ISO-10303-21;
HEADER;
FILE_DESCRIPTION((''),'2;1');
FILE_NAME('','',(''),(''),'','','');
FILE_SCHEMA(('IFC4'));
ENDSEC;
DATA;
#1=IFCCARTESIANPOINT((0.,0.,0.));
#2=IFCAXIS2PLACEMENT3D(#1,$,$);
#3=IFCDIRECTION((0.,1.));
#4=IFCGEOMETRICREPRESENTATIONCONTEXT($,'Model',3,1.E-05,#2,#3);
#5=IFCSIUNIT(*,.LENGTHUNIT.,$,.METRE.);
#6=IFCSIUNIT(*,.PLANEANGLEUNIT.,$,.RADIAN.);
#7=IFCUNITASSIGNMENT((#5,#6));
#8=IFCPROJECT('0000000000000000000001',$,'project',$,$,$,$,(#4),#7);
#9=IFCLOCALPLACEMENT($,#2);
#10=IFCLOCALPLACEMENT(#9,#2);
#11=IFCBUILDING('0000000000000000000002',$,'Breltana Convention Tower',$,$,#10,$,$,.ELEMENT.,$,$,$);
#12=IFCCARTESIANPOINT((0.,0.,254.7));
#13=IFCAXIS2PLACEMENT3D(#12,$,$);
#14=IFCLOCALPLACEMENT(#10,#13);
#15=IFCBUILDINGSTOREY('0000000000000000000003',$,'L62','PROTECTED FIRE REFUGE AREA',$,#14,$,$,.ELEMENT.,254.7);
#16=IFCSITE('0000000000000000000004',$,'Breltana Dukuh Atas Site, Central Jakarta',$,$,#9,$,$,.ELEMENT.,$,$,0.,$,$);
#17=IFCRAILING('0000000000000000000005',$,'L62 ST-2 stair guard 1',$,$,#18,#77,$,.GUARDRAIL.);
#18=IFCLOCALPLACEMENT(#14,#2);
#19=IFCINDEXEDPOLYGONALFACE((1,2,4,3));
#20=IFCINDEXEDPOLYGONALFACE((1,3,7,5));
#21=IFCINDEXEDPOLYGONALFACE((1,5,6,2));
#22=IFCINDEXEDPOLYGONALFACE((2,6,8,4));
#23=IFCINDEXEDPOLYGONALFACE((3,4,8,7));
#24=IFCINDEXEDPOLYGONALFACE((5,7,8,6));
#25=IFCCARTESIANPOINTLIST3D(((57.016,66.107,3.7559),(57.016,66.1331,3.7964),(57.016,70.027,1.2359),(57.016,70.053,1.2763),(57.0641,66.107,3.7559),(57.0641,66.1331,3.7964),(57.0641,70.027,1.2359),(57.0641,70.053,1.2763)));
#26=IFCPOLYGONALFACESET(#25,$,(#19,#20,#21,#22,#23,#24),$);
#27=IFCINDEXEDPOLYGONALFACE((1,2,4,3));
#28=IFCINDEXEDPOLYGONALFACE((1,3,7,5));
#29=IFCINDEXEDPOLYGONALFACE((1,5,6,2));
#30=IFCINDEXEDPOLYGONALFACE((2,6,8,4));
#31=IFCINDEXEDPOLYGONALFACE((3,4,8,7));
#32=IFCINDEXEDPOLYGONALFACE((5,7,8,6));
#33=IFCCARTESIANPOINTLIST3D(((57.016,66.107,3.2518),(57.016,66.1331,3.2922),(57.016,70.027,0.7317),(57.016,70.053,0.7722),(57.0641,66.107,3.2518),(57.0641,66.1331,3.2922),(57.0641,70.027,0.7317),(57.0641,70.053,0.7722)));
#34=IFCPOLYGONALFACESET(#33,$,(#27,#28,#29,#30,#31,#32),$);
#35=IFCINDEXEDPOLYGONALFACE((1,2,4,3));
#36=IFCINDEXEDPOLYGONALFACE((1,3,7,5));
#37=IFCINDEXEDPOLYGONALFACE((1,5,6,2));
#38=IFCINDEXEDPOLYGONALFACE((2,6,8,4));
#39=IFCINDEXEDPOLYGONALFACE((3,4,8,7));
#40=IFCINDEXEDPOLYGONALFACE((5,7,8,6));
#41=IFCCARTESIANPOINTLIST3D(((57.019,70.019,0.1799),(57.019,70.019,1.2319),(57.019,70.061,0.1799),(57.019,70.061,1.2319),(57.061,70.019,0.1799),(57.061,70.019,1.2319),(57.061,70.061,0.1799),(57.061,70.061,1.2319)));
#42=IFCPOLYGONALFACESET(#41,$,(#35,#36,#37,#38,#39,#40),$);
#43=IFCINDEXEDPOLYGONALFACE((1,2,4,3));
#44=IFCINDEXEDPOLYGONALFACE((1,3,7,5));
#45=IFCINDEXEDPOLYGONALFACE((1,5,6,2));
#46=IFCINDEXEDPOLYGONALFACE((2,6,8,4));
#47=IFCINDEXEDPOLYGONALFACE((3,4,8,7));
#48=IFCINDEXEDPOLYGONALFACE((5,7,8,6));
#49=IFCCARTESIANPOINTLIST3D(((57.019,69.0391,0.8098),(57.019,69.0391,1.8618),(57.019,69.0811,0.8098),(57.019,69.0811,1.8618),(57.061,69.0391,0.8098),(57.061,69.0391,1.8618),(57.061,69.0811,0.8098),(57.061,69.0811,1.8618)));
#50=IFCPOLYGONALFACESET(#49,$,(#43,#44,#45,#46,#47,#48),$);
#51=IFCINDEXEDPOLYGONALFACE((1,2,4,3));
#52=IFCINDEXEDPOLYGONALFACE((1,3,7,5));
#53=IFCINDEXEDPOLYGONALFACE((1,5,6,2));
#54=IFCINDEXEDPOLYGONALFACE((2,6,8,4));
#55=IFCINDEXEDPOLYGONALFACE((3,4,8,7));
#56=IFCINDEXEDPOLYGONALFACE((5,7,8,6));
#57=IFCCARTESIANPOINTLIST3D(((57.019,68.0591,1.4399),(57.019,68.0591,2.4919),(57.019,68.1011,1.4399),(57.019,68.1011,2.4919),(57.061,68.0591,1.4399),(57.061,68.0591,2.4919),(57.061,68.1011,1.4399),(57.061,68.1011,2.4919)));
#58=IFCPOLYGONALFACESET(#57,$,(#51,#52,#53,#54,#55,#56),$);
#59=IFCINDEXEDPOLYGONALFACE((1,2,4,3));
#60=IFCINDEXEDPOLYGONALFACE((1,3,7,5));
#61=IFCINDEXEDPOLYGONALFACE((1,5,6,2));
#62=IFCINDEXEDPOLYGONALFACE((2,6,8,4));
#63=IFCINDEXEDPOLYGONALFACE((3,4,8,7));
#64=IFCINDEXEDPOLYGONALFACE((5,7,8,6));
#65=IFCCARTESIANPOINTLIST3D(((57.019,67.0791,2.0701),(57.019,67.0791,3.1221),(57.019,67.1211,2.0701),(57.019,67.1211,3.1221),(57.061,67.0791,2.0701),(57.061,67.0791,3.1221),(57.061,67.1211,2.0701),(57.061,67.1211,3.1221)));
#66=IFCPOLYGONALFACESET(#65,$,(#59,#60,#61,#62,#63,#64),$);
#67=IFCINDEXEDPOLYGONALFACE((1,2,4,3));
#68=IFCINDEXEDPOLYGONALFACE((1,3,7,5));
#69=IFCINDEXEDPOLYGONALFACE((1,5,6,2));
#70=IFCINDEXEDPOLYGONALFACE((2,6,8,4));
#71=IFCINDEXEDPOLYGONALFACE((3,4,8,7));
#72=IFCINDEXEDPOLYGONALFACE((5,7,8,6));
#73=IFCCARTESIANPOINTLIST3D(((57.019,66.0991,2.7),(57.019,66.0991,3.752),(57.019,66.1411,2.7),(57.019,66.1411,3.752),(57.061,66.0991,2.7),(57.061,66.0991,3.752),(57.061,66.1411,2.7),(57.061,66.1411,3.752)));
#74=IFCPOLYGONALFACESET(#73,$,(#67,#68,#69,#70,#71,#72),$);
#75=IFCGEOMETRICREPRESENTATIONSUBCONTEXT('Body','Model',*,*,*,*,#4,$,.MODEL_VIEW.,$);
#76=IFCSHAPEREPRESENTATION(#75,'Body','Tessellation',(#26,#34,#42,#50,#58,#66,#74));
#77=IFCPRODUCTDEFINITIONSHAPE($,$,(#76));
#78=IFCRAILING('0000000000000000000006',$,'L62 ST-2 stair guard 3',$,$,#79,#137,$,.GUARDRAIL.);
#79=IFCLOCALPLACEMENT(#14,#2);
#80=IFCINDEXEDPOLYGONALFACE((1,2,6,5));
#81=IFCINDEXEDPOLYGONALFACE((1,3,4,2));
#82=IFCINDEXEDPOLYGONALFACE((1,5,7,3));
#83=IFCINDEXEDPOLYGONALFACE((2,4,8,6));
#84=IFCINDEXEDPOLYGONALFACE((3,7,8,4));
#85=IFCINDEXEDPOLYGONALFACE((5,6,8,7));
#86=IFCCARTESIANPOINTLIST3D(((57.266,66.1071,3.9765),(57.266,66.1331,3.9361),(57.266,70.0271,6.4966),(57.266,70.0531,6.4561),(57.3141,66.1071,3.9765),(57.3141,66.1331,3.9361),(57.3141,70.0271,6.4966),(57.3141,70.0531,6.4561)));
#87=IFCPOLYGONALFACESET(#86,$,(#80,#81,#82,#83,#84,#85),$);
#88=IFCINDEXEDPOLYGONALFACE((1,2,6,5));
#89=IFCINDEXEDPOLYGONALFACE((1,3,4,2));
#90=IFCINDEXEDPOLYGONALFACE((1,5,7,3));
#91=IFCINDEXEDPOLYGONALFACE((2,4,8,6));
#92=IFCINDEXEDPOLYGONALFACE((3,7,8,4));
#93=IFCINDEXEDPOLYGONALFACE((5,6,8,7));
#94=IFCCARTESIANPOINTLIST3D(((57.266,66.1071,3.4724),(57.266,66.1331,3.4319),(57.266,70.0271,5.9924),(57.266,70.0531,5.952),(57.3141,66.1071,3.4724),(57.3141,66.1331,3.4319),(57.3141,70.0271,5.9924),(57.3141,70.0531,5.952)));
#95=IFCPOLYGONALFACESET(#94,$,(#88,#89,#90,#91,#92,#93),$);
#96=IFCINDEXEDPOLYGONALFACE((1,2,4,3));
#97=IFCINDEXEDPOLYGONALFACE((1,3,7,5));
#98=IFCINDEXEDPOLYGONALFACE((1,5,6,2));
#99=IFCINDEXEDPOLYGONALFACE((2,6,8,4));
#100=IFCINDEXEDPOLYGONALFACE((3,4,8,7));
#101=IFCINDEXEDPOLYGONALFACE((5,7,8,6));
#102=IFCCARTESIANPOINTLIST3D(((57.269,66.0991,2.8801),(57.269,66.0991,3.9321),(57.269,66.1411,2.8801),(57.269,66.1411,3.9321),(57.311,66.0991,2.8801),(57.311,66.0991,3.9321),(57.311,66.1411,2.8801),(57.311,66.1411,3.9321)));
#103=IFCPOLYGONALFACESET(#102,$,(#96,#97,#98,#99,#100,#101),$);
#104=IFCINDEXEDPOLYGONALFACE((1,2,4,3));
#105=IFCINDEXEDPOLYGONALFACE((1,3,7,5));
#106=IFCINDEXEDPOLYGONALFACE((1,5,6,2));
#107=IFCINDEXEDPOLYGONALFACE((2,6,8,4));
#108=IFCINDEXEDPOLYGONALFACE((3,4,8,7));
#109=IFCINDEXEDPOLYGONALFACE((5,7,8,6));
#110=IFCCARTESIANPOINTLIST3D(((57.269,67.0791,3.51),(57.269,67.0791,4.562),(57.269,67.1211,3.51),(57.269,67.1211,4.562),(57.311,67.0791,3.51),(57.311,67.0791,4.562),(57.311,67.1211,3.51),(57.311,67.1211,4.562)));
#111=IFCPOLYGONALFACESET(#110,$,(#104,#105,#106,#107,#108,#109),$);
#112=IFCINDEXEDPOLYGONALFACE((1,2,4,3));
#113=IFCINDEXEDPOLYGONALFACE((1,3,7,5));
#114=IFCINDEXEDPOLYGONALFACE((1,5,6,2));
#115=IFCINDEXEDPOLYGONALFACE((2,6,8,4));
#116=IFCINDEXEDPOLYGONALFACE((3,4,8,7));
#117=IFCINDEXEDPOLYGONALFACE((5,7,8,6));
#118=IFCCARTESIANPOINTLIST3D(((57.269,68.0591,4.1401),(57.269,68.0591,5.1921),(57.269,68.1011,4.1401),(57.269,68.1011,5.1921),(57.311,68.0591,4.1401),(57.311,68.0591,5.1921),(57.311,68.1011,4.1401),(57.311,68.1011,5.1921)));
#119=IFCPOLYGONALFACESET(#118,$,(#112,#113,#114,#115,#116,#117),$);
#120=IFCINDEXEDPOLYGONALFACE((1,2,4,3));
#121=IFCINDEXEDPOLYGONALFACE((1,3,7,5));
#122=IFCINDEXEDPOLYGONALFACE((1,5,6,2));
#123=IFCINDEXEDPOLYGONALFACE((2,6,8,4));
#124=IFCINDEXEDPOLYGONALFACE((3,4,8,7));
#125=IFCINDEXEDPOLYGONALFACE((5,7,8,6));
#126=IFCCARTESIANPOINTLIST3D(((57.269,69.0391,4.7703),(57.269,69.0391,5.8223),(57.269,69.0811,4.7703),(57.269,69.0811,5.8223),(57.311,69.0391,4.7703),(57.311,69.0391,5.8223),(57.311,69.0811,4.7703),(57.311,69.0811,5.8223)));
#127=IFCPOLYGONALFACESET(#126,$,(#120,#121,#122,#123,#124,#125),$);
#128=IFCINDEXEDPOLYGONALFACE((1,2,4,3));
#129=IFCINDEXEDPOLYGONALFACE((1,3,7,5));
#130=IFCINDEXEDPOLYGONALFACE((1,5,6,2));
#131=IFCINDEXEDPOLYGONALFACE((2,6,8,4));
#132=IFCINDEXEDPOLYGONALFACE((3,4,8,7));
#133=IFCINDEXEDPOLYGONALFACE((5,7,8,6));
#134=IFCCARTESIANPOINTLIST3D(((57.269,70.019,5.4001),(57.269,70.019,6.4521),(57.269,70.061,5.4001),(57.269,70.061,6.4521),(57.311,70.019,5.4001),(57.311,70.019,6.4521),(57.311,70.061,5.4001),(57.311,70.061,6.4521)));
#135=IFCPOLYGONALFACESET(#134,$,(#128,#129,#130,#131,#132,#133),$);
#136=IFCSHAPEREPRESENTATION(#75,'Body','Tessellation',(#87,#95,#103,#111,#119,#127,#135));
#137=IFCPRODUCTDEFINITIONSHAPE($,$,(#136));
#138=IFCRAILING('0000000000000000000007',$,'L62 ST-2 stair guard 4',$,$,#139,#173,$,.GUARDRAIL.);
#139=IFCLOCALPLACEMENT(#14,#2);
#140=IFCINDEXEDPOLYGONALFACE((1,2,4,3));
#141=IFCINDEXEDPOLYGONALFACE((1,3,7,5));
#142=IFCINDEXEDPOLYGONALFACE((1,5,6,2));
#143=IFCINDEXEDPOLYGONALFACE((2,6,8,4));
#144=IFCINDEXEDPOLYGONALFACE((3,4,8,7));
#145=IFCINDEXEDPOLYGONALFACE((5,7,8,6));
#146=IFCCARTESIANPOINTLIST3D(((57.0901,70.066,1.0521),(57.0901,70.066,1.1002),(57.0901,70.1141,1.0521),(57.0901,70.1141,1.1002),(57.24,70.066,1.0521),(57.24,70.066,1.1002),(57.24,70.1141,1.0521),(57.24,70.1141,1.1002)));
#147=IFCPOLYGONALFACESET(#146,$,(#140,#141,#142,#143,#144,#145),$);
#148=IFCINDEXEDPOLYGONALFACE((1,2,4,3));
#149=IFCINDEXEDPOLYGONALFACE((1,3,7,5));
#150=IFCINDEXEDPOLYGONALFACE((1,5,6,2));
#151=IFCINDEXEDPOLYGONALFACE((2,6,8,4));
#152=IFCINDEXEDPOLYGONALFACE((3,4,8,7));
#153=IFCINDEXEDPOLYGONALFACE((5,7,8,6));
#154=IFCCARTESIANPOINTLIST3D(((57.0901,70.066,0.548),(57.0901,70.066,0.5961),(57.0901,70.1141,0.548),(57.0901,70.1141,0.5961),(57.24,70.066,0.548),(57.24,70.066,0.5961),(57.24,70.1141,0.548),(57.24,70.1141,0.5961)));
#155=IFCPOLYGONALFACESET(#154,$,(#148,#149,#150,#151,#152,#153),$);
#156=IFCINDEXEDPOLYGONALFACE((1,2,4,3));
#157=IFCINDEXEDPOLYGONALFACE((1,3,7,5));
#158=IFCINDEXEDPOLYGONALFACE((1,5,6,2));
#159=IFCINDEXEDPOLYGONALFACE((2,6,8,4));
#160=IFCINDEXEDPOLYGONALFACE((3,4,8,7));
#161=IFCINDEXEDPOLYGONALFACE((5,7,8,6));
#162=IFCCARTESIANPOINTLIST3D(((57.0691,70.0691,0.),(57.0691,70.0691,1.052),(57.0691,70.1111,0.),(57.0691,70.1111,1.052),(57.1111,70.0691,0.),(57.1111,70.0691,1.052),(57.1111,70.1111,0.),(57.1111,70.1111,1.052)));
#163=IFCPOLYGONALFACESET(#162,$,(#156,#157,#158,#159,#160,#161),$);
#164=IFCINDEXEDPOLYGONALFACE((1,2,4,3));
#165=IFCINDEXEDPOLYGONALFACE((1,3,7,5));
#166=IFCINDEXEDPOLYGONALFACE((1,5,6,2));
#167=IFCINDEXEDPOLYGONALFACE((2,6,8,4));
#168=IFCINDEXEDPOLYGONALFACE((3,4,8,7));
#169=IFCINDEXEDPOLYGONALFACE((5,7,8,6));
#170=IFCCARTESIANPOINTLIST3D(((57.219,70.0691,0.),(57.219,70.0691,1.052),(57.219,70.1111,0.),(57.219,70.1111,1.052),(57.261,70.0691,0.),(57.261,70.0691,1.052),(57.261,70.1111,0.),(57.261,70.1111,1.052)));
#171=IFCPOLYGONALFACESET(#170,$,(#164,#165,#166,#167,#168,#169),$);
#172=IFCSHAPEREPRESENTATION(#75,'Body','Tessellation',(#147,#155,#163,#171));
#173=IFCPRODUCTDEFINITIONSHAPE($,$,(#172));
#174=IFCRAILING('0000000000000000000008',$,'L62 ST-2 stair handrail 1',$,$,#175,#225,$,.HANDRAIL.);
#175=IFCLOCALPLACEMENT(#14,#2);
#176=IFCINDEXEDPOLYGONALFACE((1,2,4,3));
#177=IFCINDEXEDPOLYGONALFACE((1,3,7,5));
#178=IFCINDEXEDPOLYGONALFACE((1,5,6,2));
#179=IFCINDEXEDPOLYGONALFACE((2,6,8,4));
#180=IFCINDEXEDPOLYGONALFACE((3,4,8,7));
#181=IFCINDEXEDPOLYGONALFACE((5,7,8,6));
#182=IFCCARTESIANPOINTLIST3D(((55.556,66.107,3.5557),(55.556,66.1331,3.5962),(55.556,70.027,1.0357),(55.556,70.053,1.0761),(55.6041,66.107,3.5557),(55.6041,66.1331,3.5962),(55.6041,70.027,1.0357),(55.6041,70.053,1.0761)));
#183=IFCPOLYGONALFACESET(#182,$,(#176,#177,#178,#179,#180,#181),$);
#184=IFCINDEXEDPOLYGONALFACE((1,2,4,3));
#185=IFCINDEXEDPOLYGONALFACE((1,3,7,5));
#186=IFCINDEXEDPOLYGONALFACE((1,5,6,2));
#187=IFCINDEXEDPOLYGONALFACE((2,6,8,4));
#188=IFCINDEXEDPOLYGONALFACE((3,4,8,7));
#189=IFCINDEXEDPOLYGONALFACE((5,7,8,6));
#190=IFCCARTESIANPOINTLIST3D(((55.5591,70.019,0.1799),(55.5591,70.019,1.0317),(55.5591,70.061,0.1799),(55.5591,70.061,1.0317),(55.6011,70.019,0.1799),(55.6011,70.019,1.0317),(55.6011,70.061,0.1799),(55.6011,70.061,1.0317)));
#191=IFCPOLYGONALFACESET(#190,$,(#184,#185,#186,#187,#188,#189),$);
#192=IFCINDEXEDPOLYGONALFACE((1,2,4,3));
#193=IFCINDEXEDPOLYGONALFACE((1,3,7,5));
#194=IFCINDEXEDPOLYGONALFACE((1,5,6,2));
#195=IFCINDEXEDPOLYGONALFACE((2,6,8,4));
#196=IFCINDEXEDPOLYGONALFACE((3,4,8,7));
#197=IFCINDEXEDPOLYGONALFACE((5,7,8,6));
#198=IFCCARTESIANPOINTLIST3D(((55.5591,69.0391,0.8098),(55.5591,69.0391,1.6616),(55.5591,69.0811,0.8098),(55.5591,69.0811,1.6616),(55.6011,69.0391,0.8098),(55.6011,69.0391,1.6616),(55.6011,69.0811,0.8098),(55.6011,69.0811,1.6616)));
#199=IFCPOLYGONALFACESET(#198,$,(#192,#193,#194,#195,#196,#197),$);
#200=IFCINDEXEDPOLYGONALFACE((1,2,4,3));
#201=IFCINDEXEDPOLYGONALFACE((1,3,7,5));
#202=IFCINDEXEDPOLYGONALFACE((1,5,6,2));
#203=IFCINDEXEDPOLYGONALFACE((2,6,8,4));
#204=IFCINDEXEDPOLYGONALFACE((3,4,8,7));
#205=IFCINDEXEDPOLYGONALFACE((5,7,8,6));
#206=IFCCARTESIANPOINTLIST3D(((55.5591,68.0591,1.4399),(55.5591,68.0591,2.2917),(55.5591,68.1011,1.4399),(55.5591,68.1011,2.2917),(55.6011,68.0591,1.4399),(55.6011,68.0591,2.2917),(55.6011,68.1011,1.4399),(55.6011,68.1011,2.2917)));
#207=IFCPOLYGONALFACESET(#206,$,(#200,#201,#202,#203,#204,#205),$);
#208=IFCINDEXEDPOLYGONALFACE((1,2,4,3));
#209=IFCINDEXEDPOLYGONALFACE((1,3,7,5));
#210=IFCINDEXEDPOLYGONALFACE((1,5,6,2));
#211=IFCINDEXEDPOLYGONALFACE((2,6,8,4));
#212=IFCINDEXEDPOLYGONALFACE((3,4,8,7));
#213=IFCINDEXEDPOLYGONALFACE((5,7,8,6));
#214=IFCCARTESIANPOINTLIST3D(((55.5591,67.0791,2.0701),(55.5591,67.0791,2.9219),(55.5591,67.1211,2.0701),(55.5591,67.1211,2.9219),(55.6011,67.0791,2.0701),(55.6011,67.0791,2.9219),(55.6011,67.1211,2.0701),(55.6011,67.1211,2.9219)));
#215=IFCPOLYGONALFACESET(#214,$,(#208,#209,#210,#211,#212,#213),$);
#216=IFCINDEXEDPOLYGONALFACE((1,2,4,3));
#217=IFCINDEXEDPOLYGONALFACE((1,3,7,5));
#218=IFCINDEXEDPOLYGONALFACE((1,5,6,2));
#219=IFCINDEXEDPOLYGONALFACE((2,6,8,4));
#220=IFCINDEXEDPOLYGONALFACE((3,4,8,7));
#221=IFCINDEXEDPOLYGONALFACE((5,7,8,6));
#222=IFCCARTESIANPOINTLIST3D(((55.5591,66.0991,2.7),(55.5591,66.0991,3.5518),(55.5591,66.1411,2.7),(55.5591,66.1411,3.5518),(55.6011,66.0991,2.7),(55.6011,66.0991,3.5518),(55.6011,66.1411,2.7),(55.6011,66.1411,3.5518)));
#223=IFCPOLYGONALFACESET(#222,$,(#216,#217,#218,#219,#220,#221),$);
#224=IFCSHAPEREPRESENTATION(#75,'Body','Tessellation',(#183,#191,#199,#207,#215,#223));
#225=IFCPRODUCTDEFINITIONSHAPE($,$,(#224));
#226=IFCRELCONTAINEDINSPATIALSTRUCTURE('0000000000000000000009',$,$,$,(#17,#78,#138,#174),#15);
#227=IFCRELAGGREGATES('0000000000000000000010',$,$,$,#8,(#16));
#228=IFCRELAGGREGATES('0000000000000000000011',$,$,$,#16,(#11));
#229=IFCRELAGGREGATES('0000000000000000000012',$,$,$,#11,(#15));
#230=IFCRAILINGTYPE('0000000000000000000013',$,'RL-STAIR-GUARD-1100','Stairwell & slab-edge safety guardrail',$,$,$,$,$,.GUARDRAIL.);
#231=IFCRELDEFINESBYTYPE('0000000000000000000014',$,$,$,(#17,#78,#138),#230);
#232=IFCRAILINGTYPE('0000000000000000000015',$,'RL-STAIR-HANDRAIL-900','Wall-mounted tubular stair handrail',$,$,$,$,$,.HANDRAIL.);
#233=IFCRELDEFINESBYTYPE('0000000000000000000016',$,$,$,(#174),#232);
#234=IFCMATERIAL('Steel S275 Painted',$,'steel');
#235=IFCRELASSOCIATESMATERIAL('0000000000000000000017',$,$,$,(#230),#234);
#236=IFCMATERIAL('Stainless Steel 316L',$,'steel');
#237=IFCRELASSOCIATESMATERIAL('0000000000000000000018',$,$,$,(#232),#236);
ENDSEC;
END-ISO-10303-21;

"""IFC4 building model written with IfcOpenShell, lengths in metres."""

from ifc_helpers import new_model, si_unit, direction, frame, origin, origin_2d, place, context, subcontext, project, spatial, rectangle, extrude, material, type_object, element, save


model = new_model("IFC4")

# Units and contexts
model_context = context("Model", 3, precision=1e-05, world=origin(), true_north=direction((0.0, 1.0)))
body_context = subcontext(model_context, "Body", "Model", "MODEL_VIEW")
ifc_project = project(units=[si_unit("LENGTHUNIT", "METRE"), si_unit("PLANEANGLEUNIT", "RADIAN")], contexts=[model_context])

# Site, building, storey
site_placement = place(None, origin())
site = spatial("IfcSite", under=ifc_project, at=site_placement, Name="Breltana Dukuh Atas Site, Central Jakarta", CompositionType="ELEMENT", RefElevation=0.0)
building_placement = place(site_placement, origin())
building = spatial("IfcBuilding", under=site, at=building_placement, Name="Breltana Convention Tower", CompositionType="ELEMENT")
storey_placement = place(building_placement, frame((0.0, 0.0, 254.7)))
storey = spatial("IfcBuildingStorey", under=building, at=storey_placement, Name="L62", Description="PROTECTED FIRE REFUGE AREA", CompositionType="ELEMENT", Elevation=254.7)

# Railings
ifc_material_1 = material(Name="Steel S275 Painted", Category="steel")
railing_type_1 = type_object("IfcRailingType", Name="RL-STAIR-GUARD-1100", Description="Stairwell & slab-edge safety guardrail", PredefinedType="GUARDRAIL", material=ifc_material_1)
railing_1_placement = place(storey_placement, frame((57.04, 70.04, 0.1799)))
element("IfcRailing", 1, at=railing_1_placement, inside=storey, type_object=railing_type_1, Name="L62 ST-2 stair guard 1", PredefinedType="GUARDRAIL", context=body_context, shape_type="SweptSolid", body=[
    extrude(rectangle(XDim=0.0481, YDim=0.0481, at=origin_2d()), frame((0.0, 0.0, 1.0762), z_axis=(0.0, -0.841172, 0.540768), x_axis=(1.0, 0.0, 0.0)), (0.0, 0.0, 1.0), 4.6602),
    extrude(rectangle(XDim=0.0481, YDim=0.0481, at=origin_2d()), frame((0.0, 0.0, 0.572), z_axis=(0.0, -0.841172, 0.540768), x_axis=(1.0, 0.0, 0.0)), (0.0, 0.0, 1.0), 4.6602),
    extrude(rectangle(XDim=0.042, YDim=0.042, at=origin_2d()), origin(), (0.0, 0.0, 1.0), 1.052),
    extrude(rectangle(XDim=0.042, YDim=0.042, at=origin_2d()), frame((0.0, -0.98, 0.6299)), (0.0, 0.0, 1.0), 1.052),
    extrude(rectangle(XDim=0.042, YDim=0.042, at=origin_2d()), frame((0.0, -1.96, 1.26)), (0.0, 0.0, 1.0), 1.052),
    extrude(rectangle(XDim=0.042, YDim=0.042, at=origin_2d()), frame((0.0, -2.9399, 1.8901)), (0.0, 0.0, 1.0), 1.052),
    extrude(rectangle(XDim=0.042, YDim=0.042, at=origin_2d()), frame((0.0, -3.9199, 2.52)), (0.0, 0.0, 1.0), 1.052),
])
railing_2_placement = place(storey_placement, frame((57.29, 66.1201, 2.8801)))
element("IfcRailing", 2, at=railing_2_placement, inside=storey, type_object=railing_type_1, Name="L62 ST-2 stair guard 3", PredefinedType="GUARDRAIL", context=body_context, shape_type="SweptSolid", body=[
    extrude(rectangle(XDim=0.0481, YDim=0.0481, at=origin_2d()), frame((0.0, 0.0, 1.0762), z_axis=(0.0, 0.841172, 0.540768), x_axis=(-1.0, 0.0, 0.0)), (0.0, 0.0, 1.0), 4.6602),
    extrude(rectangle(XDim=0.0481, YDim=0.0481, at=origin_2d()), frame((0.0, 0.0, 0.572), z_axis=(0.0, 0.841172, 0.540768), x_axis=(-1.0, 0.0, 0.0)), (0.0, 0.0, 1.0), 4.6602),
    extrude(rectangle(XDim=0.042, YDim=0.042, at=origin_2d()), origin(), (0.0, 0.0, 1.0), 1.052),
    extrude(rectangle(XDim=0.042, YDim=0.042, at=origin_2d()), frame((0.0, 0.98, 0.6299)), (0.0, 0.0, 1.0), 1.052),
    extrude(rectangle(XDim=0.042, YDim=0.042, at=origin_2d()), frame((0.0, 1.96, 1.26)), (0.0, 0.0, 1.0), 1.052),
    extrude(rectangle(XDim=0.042, YDim=0.042, at=origin_2d()), frame((0.0, 2.9399, 1.8901)), (0.0, 0.0, 1.0), 1.052),
    extrude(rectangle(XDim=0.042, YDim=0.042, at=origin_2d()), frame((0.0, 3.9199, 2.52)), (0.0, 0.0, 1.0), 1.052),
])
railing_3_placement = place(storey_placement, frame((57.0901, 70.0901, 0.0)))
element("IfcRailing", 3, at=railing_3_placement, inside=storey, type_object=railing_type_1, Name="L62 ST-2 stair guard 4", PredefinedType="GUARDRAIL", context=body_context, shape_type="SweptSolid", body=[
    extrude(rectangle(XDim=0.0481, YDim=0.0481, at=origin_2d()), frame((0.0, 0.0, 1.0762), z_axis=(1.0, 0.0, 0.0), x_axis=(0.0, 1.0, 0.0)), (0.0, 0.0, 1.0), 0.1499),
    extrude(rectangle(XDim=0.0481, YDim=0.0481, at=origin_2d()), frame((0.0, 0.0, 0.572), z_axis=(1.0, 0.0, 0.0), x_axis=(0.0, 1.0, 0.0)), (0.0, 0.0, 1.0), 0.1499),
    extrude(rectangle(XDim=0.042, YDim=0.042, at=origin_2d()), origin(), (0.0, 0.0, 1.0), 1.052),
    extrude(rectangle(XDim=0.042, YDim=0.042, at=origin_2d()), frame((0.1499, 0.0, 0.0)), (0.0, 0.0, 1.0), 1.052),
])
ifc_material_2 = material(Name="Stainless Steel 316L", Category="steel")
railing_type_2 = type_object("IfcRailingType", Name="RL-STAIR-HANDRAIL-900", Description="Wall-mounted tubular stair handrail", PredefinedType="HANDRAIL", material=ifc_material_2)
railing_4_placement = place(storey_placement, frame((55.5801, 70.04, 0.1799)))
element("IfcRailing", 4, at=railing_4_placement, inside=storey, type_object=railing_type_2, Name="L62 ST-2 stair handrail 1", PredefinedType="HANDRAIL", context=body_context, shape_type="SweptSolid", body=[
    extrude(rectangle(XDim=0.0481, YDim=0.0481, at=origin_2d()), frame((0.0, 0.0, 0.876), z_axis=(0.0, -0.841172, 0.540768), x_axis=(1.0, 0.0, 0.0)), (0.0, 0.0, 1.0), 4.6602),
    extrude(rectangle(XDim=0.042, YDim=0.042, at=origin_2d()), origin(), (0.0, 0.0, 1.0), 0.8518),
    extrude(rectangle(XDim=0.042, YDim=0.042, at=origin_2d()), frame((0.0, -0.98, 0.6299)), (0.0, 0.0, 1.0), 0.8518),
    extrude(rectangle(XDim=0.042, YDim=0.042, at=origin_2d()), frame((0.0, -1.96, 1.26)), (0.0, 0.0, 1.0), 0.8518),
    extrude(rectangle(XDim=0.042, YDim=0.042, at=origin_2d()), frame((0.0, -2.9399, 1.8901)), (0.0, 0.0, 1.0), 0.8518),
    extrude(rectangle(XDim=0.042, YDim=0.042, at=origin_2d()), frame((0.0, -3.9199, 2.52)), (0.0, 0.0, 1.0), 0.8518),
])

save(model, "model.ifc")
